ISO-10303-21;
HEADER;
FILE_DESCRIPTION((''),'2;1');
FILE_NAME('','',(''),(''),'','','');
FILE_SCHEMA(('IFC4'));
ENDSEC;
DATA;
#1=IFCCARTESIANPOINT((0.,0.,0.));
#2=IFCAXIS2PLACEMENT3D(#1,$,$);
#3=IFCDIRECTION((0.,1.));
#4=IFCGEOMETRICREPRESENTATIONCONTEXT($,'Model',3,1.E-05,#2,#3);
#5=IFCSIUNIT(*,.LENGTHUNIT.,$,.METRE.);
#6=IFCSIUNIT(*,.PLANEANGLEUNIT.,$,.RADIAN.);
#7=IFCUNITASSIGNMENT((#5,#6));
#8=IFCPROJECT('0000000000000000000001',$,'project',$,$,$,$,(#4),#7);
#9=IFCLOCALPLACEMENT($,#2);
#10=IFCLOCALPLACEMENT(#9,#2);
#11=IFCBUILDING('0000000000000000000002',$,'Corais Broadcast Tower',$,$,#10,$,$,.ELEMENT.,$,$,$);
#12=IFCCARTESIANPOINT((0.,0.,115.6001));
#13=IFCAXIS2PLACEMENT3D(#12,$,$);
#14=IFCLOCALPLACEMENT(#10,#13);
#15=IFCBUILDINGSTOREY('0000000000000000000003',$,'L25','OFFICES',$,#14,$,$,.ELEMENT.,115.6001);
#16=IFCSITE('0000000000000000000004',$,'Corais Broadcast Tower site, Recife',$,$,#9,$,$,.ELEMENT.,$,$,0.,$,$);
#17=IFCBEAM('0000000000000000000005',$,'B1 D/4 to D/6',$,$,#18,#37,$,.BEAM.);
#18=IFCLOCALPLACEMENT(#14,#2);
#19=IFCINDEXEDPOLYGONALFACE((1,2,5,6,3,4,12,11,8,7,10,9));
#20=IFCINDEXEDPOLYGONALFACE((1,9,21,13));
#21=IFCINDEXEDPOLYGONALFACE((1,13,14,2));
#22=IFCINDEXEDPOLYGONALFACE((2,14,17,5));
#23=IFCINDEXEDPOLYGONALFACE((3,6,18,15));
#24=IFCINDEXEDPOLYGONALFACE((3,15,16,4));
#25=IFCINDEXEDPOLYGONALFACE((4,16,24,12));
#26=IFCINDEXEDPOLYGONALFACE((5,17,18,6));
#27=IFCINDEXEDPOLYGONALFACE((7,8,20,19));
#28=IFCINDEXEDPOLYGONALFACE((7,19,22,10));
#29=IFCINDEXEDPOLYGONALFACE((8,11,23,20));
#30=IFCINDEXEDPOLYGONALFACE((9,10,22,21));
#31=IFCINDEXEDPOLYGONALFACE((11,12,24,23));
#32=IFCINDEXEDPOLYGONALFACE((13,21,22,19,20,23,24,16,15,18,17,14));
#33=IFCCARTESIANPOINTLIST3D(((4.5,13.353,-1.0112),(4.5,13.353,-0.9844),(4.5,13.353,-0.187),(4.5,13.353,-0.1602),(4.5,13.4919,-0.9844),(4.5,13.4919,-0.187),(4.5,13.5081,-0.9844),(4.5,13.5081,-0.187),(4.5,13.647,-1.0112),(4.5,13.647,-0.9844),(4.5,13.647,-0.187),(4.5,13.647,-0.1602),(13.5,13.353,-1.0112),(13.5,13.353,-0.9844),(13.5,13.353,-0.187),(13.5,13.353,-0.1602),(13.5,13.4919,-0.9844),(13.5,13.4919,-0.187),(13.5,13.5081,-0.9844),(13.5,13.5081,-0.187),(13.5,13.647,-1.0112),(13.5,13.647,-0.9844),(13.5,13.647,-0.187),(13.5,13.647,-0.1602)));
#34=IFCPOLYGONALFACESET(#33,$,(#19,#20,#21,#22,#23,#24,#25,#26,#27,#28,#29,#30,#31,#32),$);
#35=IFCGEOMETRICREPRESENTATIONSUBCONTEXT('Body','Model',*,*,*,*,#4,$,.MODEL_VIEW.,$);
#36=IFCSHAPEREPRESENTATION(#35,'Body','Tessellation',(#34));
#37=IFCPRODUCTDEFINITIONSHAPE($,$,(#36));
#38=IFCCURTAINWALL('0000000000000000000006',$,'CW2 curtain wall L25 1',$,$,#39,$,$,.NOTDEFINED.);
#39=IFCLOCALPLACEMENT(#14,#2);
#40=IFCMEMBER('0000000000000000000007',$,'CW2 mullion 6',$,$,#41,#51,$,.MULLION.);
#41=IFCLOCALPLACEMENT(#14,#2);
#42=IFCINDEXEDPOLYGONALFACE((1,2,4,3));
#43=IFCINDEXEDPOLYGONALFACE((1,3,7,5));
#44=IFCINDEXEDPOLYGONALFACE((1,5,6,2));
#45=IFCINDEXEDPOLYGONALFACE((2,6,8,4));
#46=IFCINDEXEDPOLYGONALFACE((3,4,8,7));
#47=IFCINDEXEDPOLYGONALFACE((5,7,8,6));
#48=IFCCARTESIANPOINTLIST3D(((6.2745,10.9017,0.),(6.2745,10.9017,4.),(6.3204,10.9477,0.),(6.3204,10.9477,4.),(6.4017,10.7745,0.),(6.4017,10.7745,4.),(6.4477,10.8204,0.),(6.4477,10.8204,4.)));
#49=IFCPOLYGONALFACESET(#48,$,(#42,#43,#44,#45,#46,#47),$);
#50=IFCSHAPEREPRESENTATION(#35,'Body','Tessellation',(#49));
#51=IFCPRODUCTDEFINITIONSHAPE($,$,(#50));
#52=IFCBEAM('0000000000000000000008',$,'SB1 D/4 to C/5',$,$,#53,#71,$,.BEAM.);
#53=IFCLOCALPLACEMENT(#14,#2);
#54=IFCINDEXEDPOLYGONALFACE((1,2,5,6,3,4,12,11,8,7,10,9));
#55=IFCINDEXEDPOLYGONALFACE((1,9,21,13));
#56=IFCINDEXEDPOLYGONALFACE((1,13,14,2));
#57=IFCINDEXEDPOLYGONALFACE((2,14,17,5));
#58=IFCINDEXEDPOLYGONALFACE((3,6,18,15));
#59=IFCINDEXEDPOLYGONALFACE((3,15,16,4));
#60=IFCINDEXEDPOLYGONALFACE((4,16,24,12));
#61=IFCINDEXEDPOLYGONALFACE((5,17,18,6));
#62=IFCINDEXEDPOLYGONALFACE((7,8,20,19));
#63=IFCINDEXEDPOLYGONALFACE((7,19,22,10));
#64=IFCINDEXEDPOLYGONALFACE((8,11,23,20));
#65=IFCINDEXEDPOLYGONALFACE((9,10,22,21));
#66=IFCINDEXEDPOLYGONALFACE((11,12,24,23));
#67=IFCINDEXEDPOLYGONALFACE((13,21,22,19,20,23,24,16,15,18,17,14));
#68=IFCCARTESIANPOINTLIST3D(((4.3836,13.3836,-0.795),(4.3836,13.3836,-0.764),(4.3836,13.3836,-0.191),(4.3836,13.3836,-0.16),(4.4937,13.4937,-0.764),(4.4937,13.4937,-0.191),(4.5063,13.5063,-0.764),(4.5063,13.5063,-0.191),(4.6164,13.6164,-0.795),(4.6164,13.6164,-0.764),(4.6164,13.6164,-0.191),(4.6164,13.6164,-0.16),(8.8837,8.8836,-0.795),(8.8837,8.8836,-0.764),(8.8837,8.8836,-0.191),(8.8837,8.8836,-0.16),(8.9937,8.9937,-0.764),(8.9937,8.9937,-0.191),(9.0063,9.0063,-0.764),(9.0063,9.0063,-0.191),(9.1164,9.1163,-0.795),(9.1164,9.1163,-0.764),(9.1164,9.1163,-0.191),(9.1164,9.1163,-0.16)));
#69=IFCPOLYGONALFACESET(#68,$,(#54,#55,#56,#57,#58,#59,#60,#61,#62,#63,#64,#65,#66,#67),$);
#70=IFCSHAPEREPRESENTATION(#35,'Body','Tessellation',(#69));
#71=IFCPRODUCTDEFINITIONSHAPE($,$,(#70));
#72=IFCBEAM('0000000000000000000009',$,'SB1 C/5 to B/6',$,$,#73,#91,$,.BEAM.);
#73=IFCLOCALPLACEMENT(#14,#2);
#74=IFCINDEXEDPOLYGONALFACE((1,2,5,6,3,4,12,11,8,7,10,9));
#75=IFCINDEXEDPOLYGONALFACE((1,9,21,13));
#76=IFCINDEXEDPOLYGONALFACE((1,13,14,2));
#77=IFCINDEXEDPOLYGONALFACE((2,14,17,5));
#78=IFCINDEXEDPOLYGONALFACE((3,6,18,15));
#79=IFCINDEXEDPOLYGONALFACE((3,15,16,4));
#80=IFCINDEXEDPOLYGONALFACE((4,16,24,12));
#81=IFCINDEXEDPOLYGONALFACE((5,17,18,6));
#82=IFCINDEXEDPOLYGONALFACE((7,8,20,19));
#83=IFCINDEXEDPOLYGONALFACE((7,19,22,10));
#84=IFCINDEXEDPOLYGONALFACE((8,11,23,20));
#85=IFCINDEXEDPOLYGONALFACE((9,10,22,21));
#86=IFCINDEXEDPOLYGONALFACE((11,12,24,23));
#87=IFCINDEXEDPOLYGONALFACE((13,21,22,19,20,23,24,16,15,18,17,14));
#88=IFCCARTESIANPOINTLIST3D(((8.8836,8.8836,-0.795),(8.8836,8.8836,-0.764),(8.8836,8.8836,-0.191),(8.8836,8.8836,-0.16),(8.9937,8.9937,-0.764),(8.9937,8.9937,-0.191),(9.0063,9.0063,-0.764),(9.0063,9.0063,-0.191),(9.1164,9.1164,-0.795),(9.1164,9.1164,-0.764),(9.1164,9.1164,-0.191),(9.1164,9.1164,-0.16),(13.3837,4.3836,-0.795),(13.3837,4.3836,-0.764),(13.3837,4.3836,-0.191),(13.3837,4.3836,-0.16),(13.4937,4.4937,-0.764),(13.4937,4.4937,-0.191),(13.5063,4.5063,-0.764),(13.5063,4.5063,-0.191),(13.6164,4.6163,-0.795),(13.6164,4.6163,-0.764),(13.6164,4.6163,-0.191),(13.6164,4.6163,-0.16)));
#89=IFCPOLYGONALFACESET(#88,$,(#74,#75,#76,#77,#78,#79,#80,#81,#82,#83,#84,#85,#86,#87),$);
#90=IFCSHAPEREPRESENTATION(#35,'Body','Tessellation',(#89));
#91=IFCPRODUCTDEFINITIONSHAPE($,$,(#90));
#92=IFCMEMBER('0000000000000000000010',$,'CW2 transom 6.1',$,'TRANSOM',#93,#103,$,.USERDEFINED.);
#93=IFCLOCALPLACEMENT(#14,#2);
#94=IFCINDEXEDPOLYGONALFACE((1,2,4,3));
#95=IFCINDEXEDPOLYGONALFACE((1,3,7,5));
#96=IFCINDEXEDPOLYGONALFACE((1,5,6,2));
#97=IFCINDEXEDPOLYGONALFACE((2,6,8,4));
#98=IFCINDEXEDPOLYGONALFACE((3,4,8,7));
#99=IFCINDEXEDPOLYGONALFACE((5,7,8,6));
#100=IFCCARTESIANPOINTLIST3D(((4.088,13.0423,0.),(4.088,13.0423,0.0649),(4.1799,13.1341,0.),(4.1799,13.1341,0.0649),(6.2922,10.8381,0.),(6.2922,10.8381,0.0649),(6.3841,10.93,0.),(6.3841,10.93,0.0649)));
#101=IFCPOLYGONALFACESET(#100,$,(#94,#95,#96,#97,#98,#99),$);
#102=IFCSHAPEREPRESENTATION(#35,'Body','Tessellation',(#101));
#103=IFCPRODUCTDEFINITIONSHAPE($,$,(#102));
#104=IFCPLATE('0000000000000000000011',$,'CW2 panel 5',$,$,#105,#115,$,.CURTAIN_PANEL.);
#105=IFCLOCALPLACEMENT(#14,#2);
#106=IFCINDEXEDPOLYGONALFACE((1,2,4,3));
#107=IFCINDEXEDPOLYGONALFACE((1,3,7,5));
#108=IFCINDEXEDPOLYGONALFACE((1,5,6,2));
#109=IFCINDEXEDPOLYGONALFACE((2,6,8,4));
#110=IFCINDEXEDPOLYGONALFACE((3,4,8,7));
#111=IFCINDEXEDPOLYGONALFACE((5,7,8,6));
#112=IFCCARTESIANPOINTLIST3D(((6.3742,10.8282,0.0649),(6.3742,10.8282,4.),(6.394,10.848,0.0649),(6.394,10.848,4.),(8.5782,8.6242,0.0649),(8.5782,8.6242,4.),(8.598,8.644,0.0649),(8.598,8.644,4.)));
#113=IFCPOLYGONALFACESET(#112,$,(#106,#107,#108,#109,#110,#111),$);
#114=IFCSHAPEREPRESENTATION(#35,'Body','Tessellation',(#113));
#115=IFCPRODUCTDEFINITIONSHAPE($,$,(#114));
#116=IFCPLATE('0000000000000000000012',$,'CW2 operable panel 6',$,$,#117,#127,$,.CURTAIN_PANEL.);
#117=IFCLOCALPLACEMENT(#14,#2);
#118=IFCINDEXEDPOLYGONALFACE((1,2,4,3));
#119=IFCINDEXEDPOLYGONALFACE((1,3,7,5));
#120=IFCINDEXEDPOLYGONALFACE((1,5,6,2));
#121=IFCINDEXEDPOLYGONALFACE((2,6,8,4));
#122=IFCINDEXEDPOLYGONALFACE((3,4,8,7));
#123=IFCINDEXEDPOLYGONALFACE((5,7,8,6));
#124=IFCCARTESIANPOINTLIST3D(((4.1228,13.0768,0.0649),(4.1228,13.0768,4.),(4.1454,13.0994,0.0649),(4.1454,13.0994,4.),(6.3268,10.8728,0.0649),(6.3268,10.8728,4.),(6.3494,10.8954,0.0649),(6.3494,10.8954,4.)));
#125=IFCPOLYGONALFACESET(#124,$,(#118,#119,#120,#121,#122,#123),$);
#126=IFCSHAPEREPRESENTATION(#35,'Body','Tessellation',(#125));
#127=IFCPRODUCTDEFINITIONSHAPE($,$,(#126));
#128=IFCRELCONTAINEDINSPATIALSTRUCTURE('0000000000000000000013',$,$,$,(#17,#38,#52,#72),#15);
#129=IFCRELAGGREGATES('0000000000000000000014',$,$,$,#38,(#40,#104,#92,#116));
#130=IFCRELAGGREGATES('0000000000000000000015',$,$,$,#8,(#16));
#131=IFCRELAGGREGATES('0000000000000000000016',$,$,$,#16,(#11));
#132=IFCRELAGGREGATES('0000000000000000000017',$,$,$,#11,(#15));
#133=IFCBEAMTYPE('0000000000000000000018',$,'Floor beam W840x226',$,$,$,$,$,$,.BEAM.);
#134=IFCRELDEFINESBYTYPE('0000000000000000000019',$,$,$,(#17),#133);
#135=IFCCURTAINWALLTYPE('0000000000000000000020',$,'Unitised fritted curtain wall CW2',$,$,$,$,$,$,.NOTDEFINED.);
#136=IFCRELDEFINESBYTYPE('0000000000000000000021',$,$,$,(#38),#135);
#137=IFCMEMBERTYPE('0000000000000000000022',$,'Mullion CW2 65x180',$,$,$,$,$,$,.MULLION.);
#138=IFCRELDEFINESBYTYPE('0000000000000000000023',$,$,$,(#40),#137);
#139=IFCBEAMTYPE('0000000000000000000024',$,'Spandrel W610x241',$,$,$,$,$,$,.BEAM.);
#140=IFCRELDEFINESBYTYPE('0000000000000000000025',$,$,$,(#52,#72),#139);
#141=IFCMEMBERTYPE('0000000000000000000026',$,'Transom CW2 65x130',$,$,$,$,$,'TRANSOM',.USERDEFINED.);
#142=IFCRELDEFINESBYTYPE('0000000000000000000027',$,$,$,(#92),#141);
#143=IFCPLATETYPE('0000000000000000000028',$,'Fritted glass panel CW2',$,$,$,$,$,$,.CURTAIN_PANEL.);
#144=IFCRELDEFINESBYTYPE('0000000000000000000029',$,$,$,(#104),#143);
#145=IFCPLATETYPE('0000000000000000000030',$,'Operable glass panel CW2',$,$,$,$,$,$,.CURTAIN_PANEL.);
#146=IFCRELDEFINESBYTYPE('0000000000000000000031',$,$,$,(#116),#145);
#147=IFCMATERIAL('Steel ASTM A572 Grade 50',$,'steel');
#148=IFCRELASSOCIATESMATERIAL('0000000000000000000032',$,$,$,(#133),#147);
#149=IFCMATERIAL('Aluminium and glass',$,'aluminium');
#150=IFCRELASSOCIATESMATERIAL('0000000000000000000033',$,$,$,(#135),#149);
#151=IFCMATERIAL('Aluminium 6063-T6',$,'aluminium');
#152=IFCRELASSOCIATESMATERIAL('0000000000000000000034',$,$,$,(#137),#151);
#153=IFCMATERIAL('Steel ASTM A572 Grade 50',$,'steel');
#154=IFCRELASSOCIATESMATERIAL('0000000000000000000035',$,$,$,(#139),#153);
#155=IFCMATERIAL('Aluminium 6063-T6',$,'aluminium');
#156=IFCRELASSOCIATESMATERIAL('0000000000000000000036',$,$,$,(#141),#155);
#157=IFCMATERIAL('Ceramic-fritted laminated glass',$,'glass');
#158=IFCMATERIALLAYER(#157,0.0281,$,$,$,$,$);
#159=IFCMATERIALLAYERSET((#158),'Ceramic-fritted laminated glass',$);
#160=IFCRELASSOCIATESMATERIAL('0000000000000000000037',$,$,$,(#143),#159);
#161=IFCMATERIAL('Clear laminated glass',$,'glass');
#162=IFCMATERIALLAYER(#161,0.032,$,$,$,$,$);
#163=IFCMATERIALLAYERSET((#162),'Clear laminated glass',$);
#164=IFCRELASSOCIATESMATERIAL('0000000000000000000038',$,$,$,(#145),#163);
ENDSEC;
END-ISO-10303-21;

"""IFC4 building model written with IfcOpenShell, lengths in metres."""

from ifc_helpers import new_model, si_unit, direction, frame, origin, origin_2d, place, context, subcontext, project, spatial, rectangle, i_section, extrude, material, layer, layer_set, material_profile, profile_set, type_object, element, aggregate, save


model = new_model("IFC4")

# Units and contexts
model_context = context("Model", 3, precision=1e-05, world=origin(), true_north=direction((0.0, 1.0)))
body_context = subcontext(model_context, "Body", "Model", "MODEL_VIEW")
ifc_project = project(units=[si_unit("LENGTHUNIT", "METRE"), si_unit("PLANEANGLEUNIT", "RADIAN")], contexts=[model_context])

# Site, building, storey
site_placement = place(None, origin())
site = spatial("IfcSite", under=ifc_project, at=site_placement, Name="Corais Broadcast Tower site, Recife", CompositionType="ELEMENT", RefElevation=0.0)
building_placement = place(site_placement, origin())
building = spatial("IfcBuilding", under=site, at=building_placement, Name="Corais Broadcast Tower", CompositionType="ELEMENT")
storey_placement = place(building_placement, frame((0.0, 0.0, 115.6001)))
storey = spatial("IfcBuildingStorey", under=building, at=storey_placement, Name="L25", Description="OFFICES", CompositionType="ELEMENT", Elevation=115.6001)

# Beam
ifc_material_1 = material(Name="Steel ASTM A572 Grade 50", Category="steel")
ifc_material_profile_1 = material_profile(ifc_material_1, i_section(OverallWidth=0.2939, OverallDepth=0.8511, WebThickness=0.0161, FlangeThickness=0.0269, at=origin_2d()), Name="W840x226")
ifc_profile_set_1 = profile_set([ifc_material_profile_1], Name="Steel ASTM A572 Grade 50")
beam_type_1 = type_object("IfcBeamType", Name="Floor beam W840x226", PredefinedType="BEAM", material=ifc_profile_set_1)
beam_placement = place(storey_placement, frame((4.5, 13.5, -0.5857), z_axis=(1.0, 0.0, 0.0), x_axis=(0.0, 1.0, 0.0)))
element("IfcBeam", 1, at=beam_placement, inside=storey, type_object=beam_type_1, Name="B1 D/4 to D/6", PredefinedType="BEAM", context=body_context, shape_type="SweptSolid", body=[
    extrude(i_section(OverallWidth=0.2939, OverallDepth=0.8511, WebThickness=0.0161, FlangeThickness=0.0269, at=origin_2d()), origin(), (0.0, 0.0, 1.0), 9.0),
])

# Curtain wall, member
ifc_material_2 = material(Name="Aluminium and glass", Category="aluminium")
curtain_wall_type = type_object("IfcCurtainWallType", Name="Unitised fritted curtain wall CW2", PredefinedType="NOTDEFINED", material=ifc_material_2)
curtain_wall_placement = place(storey_placement, origin())
curtain_wall = element("IfcCurtainWall", 2, at=curtain_wall_placement, inside=storey, type_object=curtain_wall_type, Name="CW2 curtain wall L25 1", PredefinedType="NOTDEFINED")
ifc_material_3 = material(Name="Aluminium 6063-T6", Category="aluminium")
ifc_material_profile_2 = material_profile(ifc_material_3, rectangle(XDim=0.0649, YDim=0.1799, at=origin_2d()), Name="Mullion CW2 65x180")
ifc_profile_set_2 = profile_set([ifc_material_profile_2], Name="Aluminium 6063-T6")
member_type_1 = type_object("IfcMemberType", Name="Mullion CW2 65x180", PredefinedType="MULLION", material=ifc_profile_set_2)
member_1_placement = place(storey_placement, frame((6.3611, 10.8611, 0.0), z_axis=(0.0, 0.0, 1.0), x_axis=(-0.707107, -0.707107, 0.0)))
member_1 = element("IfcMember", 3, at=member_1_placement, type_object=member_type_1, Name="CW2 mullion 6", PredefinedType="MULLION", context=body_context, shape_type="SweptSolid", body=[
    extrude(rectangle(XDim=0.0649, YDim=0.1799, at=origin_2d()), origin(), (0.0, 0.0, 1.0), 4.0),
])

# Beams
ifc_material_4 = material(Name="Steel ASTM A572 Grade 50", Category="steel")
ifc_material_profile_3 = material_profile(ifc_material_4, i_section(OverallWidth=0.3291, OverallDepth=0.635, WebThickness=0.0178, FlangeThickness=0.031, at=origin_2d()), Name="W610x241")
ifc_profile_set_3 = profile_set([ifc_material_profile_3], Name="Steel ASTM A572 Grade 50")
beam_type_2 = type_object("IfcBeamType", Name="Spandrel W610x241", PredefinedType="BEAM", material=ifc_profile_set_3)
for number, where, z_axis, x_axis, name in (
    (4, (4.5, 13.5, -0.4775), (0.707107, -0.707107, 0.0), (0.707107, 0.707107, 0.0), "SB1 D/4 to C/5"),
    (5, (9.0, 9.0, -0.4775), (0.707107, -0.707107, 0.0), (0.707107, 0.707107, 0.0), "SB1 C/5 to B/6"),
):
    element("IfcBeam", number, at=place(storey_placement, frame(where, z_axis=z_axis, x_axis=x_axis)), inside=storey, type_object=beam_type_2, Name=name, PredefinedType="BEAM", context=body_context, shape_type="SweptSolid", body=[
        extrude(i_section(OverallWidth=0.3291, OverallDepth=0.635, WebThickness=0.0178, FlangeThickness=0.031, at=origin_2d()), origin(), (0.0, 0.0, 1.0), 6.364),
    ])

# Member
ifc_material_5 = material(Name="Aluminium 6063-T6", Category="aluminium")
ifc_material_profile_4 = material_profile(ifc_material_5, rectangle(XDim=0.1299, YDim=0.0649, at=origin_2d()), Name="Transom CW2 65x130")
ifc_profile_set_4 = profile_set([ifc_material_profile_4], Name="Aluminium 6063-T6")
member_type_2 = type_object("IfcMemberType", Name="Transom CW2 65x130", ElementType="TRANSOM", PredefinedType="USERDEFINED", material=ifc_profile_set_4)
member_2_placement = place(storey_placement, frame((6.3381, 10.884, 0.0325), z_axis=(-0.707107, 0.707107, 0.0), x_axis=(-0.707107, -0.707107, 0.0)))
member_2 = element("IfcMember", 6, at=member_2_placement, type_object=member_type_2, Name="CW2 transom 6.1", ObjectType="TRANSOM", PredefinedType="USERDEFINED", context=body_context, shape_type="SweptSolid", body=[
    extrude(rectangle(XDim=0.1299, YDim=0.0649, at=origin_2d()), origin(), (0.0, 0.0, 1.0), 3.1172),
])

# Plates
ifc_material_6 = material(Name="Ceramic-fritted laminated glass", Category="glass")
ifc_layer_1 = layer(ifc_material_6, 0.0281)
ifc_layer_set_1 = layer_set([ifc_layer_1], Name="Ceramic-fritted laminated glass")
plate_type_1 = type_object("IfcPlateType", Name="Fritted glass panel CW2", PredefinedType="CURTAIN_PANEL", material=ifc_layer_set_1)
plate_1_placement = place(storey_placement, frame((7.4861, 9.7361, 0.0649), z_axis=(0.0, 0.0, 1.0), x_axis=(-0.707107, 0.707107, 0.0)))
plate_1 = element("IfcPlate", 7, at=plate_1_placement, type_object=plate_type_1, Name="CW2 panel 5", PredefinedType="CURTAIN_PANEL", context=body_context, shape_type="SweptSolid", body=[
    extrude(rectangle(XDim=3.1169, YDim=0.0281, at=origin_2d()), origin(), (0.0, 0.0, 1.0), 3.9351),
])
ifc_material_7 = material(Name="Clear laminated glass", Category="glass")
ifc_layer_2 = layer(ifc_material_7, 0.032)
ifc_layer_set_2 = layer_set([ifc_layer_2], Name="Clear laminated glass")
plate_type_2 = type_object("IfcPlateType", Name="Operable glass panel CW2", PredefinedType="CURTAIN_PANEL", material=ifc_layer_set_2)
plate_2_placement = place(storey_placement, frame((5.2361, 11.9861, 0.0649), z_axis=(0.0, 0.0, 1.0), x_axis=(-0.707107, 0.707107, 0.0)))
plate_2 = element("IfcPlate", 8, at=plate_2_placement, type_object=plate_type_2, Name="CW2 operable panel 6", PredefinedType="CURTAIN_PANEL", context=body_context, shape_type="SweptSolid", body=[
    extrude(rectangle(XDim=3.1169, YDim=0.032, at=origin_2d()), origin(), (0.0, 0.0, 1.0), 3.9351),
])
aggregate(curtain_wall, [member_1, plate_1, member_2, plate_2])

save(model, "model.ifc")
